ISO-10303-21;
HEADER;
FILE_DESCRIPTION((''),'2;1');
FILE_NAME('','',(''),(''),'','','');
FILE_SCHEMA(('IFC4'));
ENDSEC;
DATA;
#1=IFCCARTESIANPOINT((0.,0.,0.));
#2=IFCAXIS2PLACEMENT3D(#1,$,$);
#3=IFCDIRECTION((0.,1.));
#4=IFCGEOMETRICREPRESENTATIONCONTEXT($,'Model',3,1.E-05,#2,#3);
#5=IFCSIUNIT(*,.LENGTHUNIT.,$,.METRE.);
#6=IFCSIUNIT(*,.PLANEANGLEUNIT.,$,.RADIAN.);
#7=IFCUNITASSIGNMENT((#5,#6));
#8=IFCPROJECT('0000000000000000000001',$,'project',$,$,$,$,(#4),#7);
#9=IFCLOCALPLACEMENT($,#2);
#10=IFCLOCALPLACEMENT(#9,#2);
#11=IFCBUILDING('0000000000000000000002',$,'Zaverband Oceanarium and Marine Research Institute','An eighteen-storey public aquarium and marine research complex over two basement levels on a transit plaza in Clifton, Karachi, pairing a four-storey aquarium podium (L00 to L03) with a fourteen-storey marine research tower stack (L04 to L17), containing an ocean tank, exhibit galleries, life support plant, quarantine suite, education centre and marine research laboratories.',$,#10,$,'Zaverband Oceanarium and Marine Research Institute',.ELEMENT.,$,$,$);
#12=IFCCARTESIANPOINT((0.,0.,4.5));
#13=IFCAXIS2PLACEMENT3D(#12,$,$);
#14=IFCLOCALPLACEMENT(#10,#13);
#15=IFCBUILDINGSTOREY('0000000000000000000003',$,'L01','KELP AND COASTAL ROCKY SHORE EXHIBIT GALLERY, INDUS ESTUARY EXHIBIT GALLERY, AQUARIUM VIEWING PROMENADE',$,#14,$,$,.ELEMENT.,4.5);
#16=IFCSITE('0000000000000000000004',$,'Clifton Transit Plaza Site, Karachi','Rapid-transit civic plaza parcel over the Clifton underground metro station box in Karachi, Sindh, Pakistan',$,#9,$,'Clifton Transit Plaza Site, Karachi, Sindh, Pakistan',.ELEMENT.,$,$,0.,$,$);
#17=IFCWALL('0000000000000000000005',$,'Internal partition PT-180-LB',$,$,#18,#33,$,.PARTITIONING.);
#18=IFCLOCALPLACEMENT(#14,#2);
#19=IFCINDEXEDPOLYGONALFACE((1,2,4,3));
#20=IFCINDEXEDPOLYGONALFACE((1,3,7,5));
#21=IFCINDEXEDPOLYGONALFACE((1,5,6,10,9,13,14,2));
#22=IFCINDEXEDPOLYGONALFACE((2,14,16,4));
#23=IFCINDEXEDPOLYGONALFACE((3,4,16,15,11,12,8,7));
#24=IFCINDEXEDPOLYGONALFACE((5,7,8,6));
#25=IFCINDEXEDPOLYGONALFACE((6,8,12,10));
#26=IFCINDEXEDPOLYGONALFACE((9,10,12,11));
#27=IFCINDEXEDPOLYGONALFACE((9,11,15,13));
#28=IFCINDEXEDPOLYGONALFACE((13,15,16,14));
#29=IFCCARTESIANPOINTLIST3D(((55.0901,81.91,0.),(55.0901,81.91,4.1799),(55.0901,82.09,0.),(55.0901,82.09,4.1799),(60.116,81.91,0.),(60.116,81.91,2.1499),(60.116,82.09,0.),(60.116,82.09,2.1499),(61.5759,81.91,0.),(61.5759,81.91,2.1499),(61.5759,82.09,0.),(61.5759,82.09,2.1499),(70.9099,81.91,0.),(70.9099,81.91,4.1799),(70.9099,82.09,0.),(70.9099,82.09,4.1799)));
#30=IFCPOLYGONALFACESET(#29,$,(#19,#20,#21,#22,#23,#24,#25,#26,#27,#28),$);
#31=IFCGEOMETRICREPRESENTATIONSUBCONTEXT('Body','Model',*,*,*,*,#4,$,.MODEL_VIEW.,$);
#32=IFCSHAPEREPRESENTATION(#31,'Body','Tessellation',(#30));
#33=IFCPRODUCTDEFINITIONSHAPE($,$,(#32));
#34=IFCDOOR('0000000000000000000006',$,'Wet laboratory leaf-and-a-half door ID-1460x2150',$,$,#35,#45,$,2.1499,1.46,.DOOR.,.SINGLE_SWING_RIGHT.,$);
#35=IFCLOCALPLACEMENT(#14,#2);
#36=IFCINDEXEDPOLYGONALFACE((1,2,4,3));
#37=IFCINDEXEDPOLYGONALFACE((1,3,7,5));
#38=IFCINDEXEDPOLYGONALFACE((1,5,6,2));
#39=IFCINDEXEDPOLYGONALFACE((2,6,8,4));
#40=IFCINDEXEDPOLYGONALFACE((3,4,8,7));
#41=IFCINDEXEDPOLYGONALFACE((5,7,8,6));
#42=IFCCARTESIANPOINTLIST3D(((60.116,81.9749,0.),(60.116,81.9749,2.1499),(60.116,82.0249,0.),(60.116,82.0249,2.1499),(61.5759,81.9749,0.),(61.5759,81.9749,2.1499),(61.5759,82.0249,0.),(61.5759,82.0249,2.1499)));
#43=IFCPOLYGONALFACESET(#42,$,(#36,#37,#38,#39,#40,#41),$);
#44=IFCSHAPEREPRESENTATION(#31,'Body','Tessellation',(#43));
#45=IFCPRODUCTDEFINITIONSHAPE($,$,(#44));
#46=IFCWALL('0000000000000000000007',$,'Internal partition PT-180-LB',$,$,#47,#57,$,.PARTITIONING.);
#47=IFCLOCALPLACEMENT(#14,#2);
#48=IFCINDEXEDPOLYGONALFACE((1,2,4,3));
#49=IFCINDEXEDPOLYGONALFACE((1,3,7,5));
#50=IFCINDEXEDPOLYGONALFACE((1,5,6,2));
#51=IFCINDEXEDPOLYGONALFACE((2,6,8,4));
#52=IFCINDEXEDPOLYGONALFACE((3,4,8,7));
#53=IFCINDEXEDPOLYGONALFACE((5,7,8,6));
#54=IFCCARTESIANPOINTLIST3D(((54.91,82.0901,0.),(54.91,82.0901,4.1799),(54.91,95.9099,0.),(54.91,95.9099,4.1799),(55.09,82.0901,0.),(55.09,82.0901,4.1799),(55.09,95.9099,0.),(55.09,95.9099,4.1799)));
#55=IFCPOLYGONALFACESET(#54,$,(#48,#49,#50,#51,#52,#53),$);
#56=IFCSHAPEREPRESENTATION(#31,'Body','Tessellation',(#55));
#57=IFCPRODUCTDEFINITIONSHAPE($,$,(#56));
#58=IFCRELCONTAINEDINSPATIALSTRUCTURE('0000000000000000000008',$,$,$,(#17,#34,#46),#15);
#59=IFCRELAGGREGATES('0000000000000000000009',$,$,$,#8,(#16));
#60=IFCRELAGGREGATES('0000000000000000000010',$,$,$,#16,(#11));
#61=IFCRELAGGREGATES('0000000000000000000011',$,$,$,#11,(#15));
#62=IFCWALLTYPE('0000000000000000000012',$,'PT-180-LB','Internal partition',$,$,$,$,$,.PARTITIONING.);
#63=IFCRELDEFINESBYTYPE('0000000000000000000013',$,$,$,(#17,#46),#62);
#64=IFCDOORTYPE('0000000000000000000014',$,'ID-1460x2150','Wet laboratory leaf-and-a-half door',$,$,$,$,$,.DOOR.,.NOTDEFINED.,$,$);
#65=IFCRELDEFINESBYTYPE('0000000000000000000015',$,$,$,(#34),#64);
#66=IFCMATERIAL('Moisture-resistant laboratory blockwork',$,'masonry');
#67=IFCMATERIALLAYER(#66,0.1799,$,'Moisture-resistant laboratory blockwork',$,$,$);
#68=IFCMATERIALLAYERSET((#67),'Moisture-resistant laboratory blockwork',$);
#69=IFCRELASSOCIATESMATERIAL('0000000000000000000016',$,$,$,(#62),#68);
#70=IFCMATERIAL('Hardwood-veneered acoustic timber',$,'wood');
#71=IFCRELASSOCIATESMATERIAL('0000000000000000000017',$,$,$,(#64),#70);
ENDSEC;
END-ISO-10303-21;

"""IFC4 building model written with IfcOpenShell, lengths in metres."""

from ifc_helpers import new_model, si_unit, direction, frame, frame_2d, origin, place, context, subcontext, project, spatial, rectangle, extrude, material, layer, layer_set, type_object, element, fill, save


model = new_model("IFC4")

# Units and contexts
model_context = context("Model", 3, precision=1e-05, world=origin(), true_north=direction((0.0, 1.0)))
body_context = subcontext(model_context, "Body", "Model", "MODEL_VIEW")
ifc_project = project(units=[si_unit("LENGTHUNIT", "METRE"), si_unit("PLANEANGLEUNIT", "RADIAN")], contexts=[model_context])

# Site, building, storey
site_placement = place(None, origin())
site = spatial("IfcSite", under=ifc_project, at=site_placement, Name="Clifton Transit Plaza Site, Karachi", Description="Rapid-transit civic plaza parcel over the Clifton underground metro station box in Karachi, Sindh, Pakistan", LongName="Clifton Transit Plaza Site, Karachi, Sindh, Pakistan", CompositionType="ELEMENT", RefElevation=0.0)
building_placement = place(site_placement, origin())
building = spatial("IfcBuilding", under=site, at=building_placement, Name="Zaverband Oceanarium and Marine Research Institute", Description="An eighteen-storey public aquarium and marine research complex over two basement levels on a transit plaza in Clifton, Karachi, pairing a four-storey aquarium podium (L00 to L03) with a fourteen-storey marine research tower stack (L04 to L17), containing an ocean tank, exhibit galleries, life support plant, quarantine suite, education centre and marine research laboratories.", LongName="Zaverband Oceanarium and Marine Research Institute", CompositionType="ELEMENT")
storey_placement = place(building_placement, frame((0.0, 0.0, 4.5)))
storey = spatial("IfcBuildingStorey", under=building, at=storey_placement, Name="L01", Description="KELP AND COASTAL ROCKY SHORE EXHIBIT GALLERY, INDUS ESTUARY EXHIBIT GALLERY, AQUARIUM VIEWING PROMENADE", CompositionType="ELEMENT", Elevation=4.5)

# Wall, opening, door
ifc_material_1 = material(Name="Moisture-resistant laboratory blockwork", Category="masonry")
ifc_layer_1 = layer(ifc_material_1, 0.1799, Name="Moisture-resistant laboratory blockwork")
ifc_layer_set_1 = layer_set([ifc_layer_1], Name="Moisture-resistant laboratory blockwork")
wall_type_1 = type_object("IfcWallType", Name="PT-180-LB", Description="Internal partition", PredefinedType="PARTITIONING", material=ifc_layer_set_1)
wall_1_placement = place(storey_placement, frame((55.0901, 82.0, 0.0), z_axis=(0.0, 0.0, 1.0), x_axis=(1.0, 0.0, 0.0)))
wall_1 = element("IfcWall", 1, at=wall_1_placement, inside=storey, type_object=wall_type_1, Name="Internal partition PT-180-LB", PredefinedType="PARTITIONING", context=body_context, shape_type="SweptSolid", body=[
    extrude(rectangle(XDim=15.8198, YDim=0.1799, at=frame_2d((7.9099, 0.0))), origin(), (0.0, 0.0, 1.0), 4.1799),
])
opening_1_placement = place(wall_1_placement, frame((5.0259, 0.0, 0.0)))
opening_1 = element("IfcOpeningElement", 2, at=opening_1_placement, cuts=wall_1, PredefinedType="OPENING", context=body_context, shape_type="SweptSolid", body=[
    extrude(rectangle(XDim=1.46, YDim=2.1499, at=frame_2d((0.73, 1.075))), frame((0.0, 0.1021, 0.0), z_axis=(0.0, -1.0, 0.0), x_axis=(1.0, 0.0, 0.0)), (0.0, 0.0, 1.0), 0.2039),
])
ifc_material_2 = material(Name="Hardwood-veneered acoustic timber", Category="wood")
door_type_1 = type_object("IfcDoorType", Name="ID-1460x2150", Description="Wet laboratory leaf-and-a-half door", OperationType="NOTDEFINED", PredefinedType="DOOR", material=ifc_material_2)
door_1_placement = place(opening_1_placement, origin())
door_1 = element("IfcDoor", 3, at=door_1_placement, inside=storey, type_object=door_type_1, Name="Wet laboratory leaf-and-a-half door ID-1460x2150", OperationType="SINGLE_SWING_RIGHT", OverallHeight=2.1499, OverallWidth=1.46, PredefinedType="DOOR", context=body_context, shape_type="SweptSolid", body=[
    extrude(rectangle(XDim=1.46, YDim=2.1499, at=frame_2d((0.73, 1.075))), frame((0.0, 0.0249, 0.0), z_axis=(0.0, -1.0, 0.0), x_axis=(1.0, 0.0, 0.0)), (0.0, 0.0, 1.0), 0.05),
])
fill(opening_1, door_1)

# Wall
wall_2_placement = place(storey_placement, frame((55.0, 82.0901, 0.0), z_axis=(0.0, 0.0, 1.0), x_axis=(0.0, 1.0, 0.0)))
element("IfcWall", 4, at=wall_2_placement, inside=storey, type_object=wall_type_1, Name="Internal partition PT-180-LB", PredefinedType="PARTITIONING", context=body_context, shape_type="SweptSolid", body=[
    extrude(rectangle(XDim=13.8198, YDim=0.1799, at=frame_2d((6.9099, 0.0))), origin(), (0.0, 0.0, 1.0), 4.1799),
])

save(model, "model.ifc")
